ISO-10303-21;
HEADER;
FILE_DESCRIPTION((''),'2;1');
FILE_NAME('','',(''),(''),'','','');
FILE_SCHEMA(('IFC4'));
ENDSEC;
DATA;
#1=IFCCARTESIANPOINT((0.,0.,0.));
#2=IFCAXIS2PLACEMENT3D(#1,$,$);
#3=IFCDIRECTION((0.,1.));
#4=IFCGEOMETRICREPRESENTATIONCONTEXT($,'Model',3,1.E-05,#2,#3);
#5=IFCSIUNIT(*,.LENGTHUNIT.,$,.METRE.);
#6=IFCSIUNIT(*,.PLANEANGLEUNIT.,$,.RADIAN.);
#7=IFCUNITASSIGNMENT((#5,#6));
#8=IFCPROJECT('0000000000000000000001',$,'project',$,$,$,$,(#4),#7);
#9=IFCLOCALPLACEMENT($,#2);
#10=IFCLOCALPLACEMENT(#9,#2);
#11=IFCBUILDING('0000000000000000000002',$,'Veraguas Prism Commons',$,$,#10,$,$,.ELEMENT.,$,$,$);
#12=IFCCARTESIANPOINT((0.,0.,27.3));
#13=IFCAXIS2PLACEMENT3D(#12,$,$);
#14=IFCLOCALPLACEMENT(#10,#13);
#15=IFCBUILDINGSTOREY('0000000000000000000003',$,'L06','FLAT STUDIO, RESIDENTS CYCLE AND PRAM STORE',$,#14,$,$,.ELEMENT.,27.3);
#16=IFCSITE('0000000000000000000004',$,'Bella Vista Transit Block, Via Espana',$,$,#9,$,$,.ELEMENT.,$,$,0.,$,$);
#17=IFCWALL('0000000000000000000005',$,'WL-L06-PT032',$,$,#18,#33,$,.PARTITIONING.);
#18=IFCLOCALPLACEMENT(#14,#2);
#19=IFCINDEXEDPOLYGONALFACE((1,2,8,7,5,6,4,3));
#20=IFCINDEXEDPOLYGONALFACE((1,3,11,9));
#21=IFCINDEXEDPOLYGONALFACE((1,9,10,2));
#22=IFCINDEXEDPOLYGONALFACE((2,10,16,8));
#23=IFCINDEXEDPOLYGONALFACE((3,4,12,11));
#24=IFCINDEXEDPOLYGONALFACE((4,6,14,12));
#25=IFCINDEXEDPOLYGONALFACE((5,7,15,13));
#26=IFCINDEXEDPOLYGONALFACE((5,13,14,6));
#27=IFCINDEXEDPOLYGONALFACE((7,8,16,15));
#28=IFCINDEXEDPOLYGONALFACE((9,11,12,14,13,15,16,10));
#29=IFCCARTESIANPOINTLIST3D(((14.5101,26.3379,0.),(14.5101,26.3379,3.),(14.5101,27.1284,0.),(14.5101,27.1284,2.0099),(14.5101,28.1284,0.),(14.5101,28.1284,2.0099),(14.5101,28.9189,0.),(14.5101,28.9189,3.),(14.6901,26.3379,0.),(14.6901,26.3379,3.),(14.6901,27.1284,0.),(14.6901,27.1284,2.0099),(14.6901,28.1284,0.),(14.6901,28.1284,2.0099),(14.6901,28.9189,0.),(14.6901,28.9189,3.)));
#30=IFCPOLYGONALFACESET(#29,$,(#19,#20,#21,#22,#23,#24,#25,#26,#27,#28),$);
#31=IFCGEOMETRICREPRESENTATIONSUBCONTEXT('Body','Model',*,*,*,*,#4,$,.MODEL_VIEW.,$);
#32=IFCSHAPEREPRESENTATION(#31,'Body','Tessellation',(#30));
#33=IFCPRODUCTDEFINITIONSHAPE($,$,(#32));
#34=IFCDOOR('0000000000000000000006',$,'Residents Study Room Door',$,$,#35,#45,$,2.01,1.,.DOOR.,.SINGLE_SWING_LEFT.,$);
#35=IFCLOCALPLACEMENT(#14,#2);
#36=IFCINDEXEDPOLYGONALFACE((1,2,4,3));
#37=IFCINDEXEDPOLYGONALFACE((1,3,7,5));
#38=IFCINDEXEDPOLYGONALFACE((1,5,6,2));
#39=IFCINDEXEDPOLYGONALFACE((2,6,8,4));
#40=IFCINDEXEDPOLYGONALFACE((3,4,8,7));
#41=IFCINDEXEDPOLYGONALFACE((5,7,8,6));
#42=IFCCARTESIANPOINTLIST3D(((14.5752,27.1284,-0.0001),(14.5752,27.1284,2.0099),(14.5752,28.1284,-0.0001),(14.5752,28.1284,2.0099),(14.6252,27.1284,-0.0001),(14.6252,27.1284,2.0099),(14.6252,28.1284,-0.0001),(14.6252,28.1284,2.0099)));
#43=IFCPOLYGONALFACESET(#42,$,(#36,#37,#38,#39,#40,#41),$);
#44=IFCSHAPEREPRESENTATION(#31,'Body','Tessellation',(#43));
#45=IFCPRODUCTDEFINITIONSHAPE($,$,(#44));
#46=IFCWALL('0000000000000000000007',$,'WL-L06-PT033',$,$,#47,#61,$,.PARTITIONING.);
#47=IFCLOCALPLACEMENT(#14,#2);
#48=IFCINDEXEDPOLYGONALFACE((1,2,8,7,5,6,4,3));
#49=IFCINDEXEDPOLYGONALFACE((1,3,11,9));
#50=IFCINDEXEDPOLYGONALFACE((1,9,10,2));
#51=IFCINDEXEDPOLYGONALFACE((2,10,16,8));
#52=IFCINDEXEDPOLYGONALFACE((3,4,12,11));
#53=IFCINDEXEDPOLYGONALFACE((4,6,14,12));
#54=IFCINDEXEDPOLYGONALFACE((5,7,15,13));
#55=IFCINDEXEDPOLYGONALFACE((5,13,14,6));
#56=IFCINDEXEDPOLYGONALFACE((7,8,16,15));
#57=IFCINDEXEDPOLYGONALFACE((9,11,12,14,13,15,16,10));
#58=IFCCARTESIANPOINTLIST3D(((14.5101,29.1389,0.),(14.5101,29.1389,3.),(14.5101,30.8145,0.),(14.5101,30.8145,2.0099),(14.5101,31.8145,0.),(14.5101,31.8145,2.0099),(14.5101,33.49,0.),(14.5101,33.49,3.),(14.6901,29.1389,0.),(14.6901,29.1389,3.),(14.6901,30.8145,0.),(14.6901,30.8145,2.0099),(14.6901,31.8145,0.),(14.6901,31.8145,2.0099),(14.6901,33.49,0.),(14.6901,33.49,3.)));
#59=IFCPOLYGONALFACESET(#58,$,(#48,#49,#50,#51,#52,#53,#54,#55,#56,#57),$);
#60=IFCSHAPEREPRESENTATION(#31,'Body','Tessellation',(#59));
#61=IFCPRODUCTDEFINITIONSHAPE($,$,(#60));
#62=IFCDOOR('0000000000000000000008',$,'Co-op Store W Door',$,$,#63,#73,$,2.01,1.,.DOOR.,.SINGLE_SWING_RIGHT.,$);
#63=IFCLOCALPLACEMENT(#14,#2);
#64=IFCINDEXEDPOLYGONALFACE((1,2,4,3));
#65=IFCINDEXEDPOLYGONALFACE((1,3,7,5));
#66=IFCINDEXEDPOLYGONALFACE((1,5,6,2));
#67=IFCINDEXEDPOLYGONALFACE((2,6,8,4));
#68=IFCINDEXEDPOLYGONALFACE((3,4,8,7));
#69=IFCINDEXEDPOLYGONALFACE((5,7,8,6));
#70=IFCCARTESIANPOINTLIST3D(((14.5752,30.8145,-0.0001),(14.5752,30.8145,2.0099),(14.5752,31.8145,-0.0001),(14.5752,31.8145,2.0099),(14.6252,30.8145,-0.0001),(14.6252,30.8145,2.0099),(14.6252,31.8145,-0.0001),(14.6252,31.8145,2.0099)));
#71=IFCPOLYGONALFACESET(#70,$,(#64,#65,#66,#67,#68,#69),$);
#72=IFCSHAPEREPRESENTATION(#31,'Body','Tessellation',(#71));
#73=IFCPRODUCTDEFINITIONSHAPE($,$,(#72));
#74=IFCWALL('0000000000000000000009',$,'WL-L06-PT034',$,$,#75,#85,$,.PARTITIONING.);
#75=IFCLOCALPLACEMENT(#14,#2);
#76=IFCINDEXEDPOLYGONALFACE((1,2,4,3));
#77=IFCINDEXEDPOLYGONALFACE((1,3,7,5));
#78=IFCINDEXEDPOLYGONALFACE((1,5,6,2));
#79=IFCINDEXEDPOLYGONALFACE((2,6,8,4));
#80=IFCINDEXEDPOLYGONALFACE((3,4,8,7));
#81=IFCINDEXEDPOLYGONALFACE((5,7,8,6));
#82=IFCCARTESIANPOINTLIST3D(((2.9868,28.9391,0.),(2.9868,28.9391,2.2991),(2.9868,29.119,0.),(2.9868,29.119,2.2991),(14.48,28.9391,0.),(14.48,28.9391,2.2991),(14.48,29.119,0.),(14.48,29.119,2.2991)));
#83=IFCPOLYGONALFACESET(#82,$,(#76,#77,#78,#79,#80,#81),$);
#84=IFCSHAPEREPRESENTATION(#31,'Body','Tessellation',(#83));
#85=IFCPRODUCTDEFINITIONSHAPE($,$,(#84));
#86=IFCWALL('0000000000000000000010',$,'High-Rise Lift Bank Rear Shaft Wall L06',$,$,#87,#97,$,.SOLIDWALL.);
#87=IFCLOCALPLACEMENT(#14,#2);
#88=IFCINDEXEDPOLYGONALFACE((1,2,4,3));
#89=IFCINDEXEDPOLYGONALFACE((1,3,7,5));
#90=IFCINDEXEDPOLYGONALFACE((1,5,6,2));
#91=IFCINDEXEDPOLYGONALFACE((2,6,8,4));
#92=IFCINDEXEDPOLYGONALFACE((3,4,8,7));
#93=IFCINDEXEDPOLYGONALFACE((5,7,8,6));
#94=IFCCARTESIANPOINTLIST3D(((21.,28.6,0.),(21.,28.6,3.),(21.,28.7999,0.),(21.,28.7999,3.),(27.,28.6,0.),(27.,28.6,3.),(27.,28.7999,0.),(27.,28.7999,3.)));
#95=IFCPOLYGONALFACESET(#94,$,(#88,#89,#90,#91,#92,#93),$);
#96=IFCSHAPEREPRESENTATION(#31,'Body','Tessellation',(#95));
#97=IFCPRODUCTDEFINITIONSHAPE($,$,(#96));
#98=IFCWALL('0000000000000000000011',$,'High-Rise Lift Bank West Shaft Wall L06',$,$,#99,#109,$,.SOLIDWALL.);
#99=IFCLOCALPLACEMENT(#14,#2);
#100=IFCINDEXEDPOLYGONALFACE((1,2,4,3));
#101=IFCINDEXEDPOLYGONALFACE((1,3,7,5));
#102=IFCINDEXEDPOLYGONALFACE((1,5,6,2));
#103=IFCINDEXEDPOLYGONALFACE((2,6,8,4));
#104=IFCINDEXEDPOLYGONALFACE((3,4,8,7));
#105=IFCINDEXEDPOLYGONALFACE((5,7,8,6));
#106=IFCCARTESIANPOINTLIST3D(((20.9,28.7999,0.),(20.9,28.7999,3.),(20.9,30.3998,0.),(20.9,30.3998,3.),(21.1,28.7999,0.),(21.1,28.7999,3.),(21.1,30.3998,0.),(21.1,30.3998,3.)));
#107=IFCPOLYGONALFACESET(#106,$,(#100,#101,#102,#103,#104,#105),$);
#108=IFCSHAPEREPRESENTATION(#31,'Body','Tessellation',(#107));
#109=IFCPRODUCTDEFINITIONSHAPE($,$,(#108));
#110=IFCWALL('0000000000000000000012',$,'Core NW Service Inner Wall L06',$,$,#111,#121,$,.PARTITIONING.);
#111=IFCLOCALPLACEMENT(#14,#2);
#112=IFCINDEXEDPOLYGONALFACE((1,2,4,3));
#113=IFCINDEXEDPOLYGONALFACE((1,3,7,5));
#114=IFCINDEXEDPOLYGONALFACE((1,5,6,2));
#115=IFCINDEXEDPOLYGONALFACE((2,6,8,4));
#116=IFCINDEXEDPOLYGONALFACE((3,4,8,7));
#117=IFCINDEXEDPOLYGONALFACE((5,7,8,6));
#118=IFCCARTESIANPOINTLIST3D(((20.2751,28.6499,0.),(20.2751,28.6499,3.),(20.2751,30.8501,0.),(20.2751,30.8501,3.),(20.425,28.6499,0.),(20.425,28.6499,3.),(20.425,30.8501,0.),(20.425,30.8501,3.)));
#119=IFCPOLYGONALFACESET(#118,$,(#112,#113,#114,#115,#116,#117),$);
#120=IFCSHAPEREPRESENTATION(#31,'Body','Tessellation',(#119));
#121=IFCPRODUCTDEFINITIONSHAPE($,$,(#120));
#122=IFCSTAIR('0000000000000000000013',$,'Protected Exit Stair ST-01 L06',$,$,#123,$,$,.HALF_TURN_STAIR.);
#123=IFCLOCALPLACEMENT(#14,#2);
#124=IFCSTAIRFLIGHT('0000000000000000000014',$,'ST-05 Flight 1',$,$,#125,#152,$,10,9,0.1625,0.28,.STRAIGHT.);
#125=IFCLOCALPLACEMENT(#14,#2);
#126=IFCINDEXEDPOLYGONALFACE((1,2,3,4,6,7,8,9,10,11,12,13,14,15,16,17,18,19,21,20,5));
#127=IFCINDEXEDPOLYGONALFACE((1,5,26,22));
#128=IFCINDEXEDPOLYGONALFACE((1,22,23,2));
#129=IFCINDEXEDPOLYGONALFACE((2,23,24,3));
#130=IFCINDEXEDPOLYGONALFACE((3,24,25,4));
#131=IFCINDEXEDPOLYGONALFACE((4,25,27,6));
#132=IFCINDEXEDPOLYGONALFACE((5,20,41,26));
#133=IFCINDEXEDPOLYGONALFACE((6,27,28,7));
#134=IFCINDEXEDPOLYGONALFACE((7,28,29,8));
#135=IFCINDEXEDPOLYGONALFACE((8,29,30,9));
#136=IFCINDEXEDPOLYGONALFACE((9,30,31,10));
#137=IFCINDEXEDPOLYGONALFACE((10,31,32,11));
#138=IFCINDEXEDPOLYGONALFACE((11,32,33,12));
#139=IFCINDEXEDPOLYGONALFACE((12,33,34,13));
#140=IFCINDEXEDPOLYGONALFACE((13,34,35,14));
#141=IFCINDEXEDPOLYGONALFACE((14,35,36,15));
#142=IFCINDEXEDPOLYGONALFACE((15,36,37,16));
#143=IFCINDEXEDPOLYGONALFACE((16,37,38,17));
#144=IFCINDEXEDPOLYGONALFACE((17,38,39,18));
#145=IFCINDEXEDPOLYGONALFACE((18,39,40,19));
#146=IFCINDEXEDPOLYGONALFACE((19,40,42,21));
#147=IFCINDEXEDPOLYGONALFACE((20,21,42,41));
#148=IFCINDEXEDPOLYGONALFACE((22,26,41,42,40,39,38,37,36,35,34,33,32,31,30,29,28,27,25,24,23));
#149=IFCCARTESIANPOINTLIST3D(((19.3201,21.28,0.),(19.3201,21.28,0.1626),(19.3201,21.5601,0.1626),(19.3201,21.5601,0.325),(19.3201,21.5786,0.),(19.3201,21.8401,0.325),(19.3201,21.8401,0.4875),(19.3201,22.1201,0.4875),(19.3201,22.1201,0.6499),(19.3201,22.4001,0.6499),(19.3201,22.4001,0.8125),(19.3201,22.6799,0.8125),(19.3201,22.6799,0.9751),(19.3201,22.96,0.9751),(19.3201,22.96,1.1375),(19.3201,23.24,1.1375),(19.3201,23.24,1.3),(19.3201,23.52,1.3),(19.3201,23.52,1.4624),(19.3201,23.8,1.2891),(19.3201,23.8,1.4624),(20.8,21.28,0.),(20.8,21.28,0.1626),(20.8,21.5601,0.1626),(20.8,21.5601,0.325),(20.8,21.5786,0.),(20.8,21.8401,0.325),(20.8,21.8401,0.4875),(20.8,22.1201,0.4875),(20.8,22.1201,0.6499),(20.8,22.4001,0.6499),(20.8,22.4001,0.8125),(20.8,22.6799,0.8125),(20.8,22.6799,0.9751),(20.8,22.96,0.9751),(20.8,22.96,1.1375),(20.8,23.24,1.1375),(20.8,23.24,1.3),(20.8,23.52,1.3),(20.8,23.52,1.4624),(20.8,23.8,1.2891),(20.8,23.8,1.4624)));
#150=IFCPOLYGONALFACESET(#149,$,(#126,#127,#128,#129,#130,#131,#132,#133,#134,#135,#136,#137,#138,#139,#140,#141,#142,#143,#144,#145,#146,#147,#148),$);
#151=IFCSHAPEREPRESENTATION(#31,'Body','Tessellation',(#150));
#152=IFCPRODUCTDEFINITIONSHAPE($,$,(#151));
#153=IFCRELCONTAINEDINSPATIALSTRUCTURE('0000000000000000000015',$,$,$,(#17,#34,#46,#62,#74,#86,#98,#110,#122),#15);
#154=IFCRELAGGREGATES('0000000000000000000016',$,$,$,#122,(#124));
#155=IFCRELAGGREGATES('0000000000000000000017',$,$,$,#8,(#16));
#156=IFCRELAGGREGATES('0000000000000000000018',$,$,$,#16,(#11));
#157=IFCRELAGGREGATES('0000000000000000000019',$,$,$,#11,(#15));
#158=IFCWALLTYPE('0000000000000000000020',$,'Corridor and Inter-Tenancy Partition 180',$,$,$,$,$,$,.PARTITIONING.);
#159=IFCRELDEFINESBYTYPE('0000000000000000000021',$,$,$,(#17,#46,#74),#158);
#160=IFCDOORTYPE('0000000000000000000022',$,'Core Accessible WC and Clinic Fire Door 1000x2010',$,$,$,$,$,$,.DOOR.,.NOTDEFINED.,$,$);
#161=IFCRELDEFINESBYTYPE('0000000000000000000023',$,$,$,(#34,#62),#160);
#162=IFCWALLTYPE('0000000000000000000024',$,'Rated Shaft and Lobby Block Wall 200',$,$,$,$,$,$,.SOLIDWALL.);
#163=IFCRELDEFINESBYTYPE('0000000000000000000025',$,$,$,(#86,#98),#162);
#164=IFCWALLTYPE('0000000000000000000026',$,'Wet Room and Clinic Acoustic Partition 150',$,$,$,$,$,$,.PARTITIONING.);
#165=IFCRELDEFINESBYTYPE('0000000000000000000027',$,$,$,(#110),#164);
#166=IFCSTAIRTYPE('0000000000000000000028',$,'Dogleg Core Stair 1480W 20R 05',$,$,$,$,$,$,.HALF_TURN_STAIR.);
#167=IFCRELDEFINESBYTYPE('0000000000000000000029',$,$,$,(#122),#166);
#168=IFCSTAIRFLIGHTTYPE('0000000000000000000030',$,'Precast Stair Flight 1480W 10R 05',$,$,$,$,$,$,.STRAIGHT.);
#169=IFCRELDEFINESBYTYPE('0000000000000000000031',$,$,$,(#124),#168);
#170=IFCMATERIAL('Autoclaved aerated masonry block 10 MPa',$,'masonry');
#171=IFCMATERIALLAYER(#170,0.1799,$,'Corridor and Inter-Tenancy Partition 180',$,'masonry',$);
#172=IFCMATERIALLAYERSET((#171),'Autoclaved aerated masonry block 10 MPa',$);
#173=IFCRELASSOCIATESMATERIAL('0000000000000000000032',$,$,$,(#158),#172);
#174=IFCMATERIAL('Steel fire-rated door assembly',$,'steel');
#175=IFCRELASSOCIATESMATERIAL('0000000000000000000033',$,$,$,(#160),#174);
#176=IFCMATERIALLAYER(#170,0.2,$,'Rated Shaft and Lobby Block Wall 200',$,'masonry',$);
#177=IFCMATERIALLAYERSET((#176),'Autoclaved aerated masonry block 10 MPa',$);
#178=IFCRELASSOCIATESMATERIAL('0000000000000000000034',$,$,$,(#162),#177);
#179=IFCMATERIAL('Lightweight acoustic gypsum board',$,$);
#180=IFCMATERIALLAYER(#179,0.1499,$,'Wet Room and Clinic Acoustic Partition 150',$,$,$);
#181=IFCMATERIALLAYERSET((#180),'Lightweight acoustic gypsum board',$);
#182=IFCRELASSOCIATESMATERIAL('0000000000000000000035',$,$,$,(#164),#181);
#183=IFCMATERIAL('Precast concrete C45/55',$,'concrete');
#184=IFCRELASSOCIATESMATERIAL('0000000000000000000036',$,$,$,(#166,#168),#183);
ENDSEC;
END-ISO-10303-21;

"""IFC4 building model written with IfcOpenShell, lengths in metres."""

from ifc_helpers import new_model, si_unit, direction, frame, frame_2d, origin, place, context, subcontext, project, spatial, polyline, rectangle, outline, extrude, source, transform, mapped, material, layer, layer_set, type_object, element, fill, aggregate, save


model = new_model("IFC4")

# Units and contexts
model_context = context("Model", 3, precision=1e-05, world=origin(), true_north=direction((0.0, 1.0)))
body_context = subcontext(model_context, "Body", "Model", "MODEL_VIEW")
ifc_project = project(units=[si_unit("LENGTHUNIT", "METRE"), si_unit("PLANEANGLEUNIT", "RADIAN")], contexts=[model_context])

# Site, building, storey
site_placement = place(None, origin())
site = spatial("IfcSite", under=ifc_project, at=site_placement, Name="Bella Vista Transit Block, Via Espana", CompositionType="ELEMENT", RefElevation=0.0)
building_placement = place(site_placement, origin())
building = spatial("IfcBuilding", under=site, at=building_placement, Name="Veraguas Prism Commons", CompositionType="ELEMENT")
storey_placement = place(building_placement, frame((0.0, 0.0, 27.3)))
storey = spatial("IfcBuildingStorey", under=building, at=storey_placement, Name="L06", Description="FLAT STUDIO, RESIDENTS CYCLE AND PRAM STORE", CompositionType="ELEMENT", Elevation=27.3)

# Shared definitions
ifc_material_1 = material(Name="Autoclaved aerated masonry block 10 MPa", Category="masonry")
ifc_layer_1 = layer(ifc_material_1, 0.1799, Name="Corridor and Inter-Tenancy Partition 180", Category="masonry")
ifc_layer_set_1 = layer_set([ifc_layer_1], Name="Autoclaved aerated masonry block 10 MPa")
wall_type_1 = type_object("IfcWallType", Name="Corridor and Inter-Tenancy Partition 180", PredefinedType="PARTITIONING", material=ifc_layer_set_1)

# Walls, openings, doors
wall_1_placement = place(storey_placement, frame((14.6001, 26.3379, 0.0), z_axis=(0.0, 0.0, 1.0), x_axis=(0.0, 1.0, 0.0)))
wall_1 = element("IfcWall", 1, at=wall_1_placement, inside=storey, type_object=wall_type_1, Name="WL-L06-PT032", PredefinedType="PARTITIONING", context=body_context, shape_type="SweptSolid", body=[
    extrude(rectangle(XDim=2.5811, YDim=0.1799, at=frame_2d((1.2905, 0.0))), origin(), (0.0, 0.0, 1.0), 3.0),
])
opening_1_placement = place(wall_1_placement, frame((0.7905, 0.0, 0.0)))
opening_1 = element("IfcOpeningElement", 2, at=opening_1_placement, cuts=wall_1, PredefinedType="OPENING", context=body_context, shape_type="SweptSolid", body=[
    extrude(rectangle(XDim=1.0, YDim=2.01, at=frame_2d((0.5, 1.0049))), frame((0.0, 0.0999, 0.0), z_axis=(0.0, -1.0, 0.0), x_axis=(1.0, 0.0, 0.0)), (0.0, 0.0, 1.0), 0.2),
])
ifc_material_2 = material(Name="Steel fire-rated door assembly", Category="steel")
door_type = type_object("IfcDoorType", Name="Core Accessible WC and Clinic Fire Door 1000x2010", OperationType="NOTDEFINED", PredefinedType="DOOR", material=ifc_material_2)
shared_shape_1 = source(origin(), body_context, "Body", "SweptSolid", [
    extrude(rectangle(XDim=1.0, YDim=2.01, at=frame_2d((0.5, 1.0049))), frame((0.0, 0.0249, 0.0), z_axis=(0.0, -1.0, 0.0), x_axis=(1.0, 0.0, 0.0)), (0.0, 0.0, 1.0), 0.05),
])
door_1_placement = place(opening_1_placement, origin())
door_1 = element("IfcDoor", 3, at=door_1_placement, inside=storey, type_object=door_type, Name="Residents Study Room Door", OperationType="SINGLE_SWING_LEFT", OverallHeight=2.01, OverallWidth=1.0, PredefinedType="DOOR", context=body_context, shape_type="MappedRepresentation", body=[
    mapped(shared_shape_1, transform((0.0, 0.0, 0.0), scale=1.0)),
])
fill(opening_1, door_1)
wall_2_placement = place(storey_placement, frame((14.6001, 29.1389, 0.0), z_axis=(0.0, 0.0, 1.0), x_axis=(0.0, 1.0, 0.0)))
wall_2 = element("IfcWall", 4, at=wall_2_placement, inside=storey, type_object=wall_type_1, Name="WL-L06-PT033", PredefinedType="PARTITIONING", context=body_context, shape_type="SweptSolid", body=[
    extrude(rectangle(XDim=4.3511, YDim=0.1799, at=frame_2d((2.1755, 0.0))), origin(), (0.0, 0.0, 1.0), 3.0),
])
opening_2_placement = place(wall_2_placement, frame((1.6755, 0.0, 0.0)))
opening_2 = element("IfcOpeningElement", 5, at=opening_2_placement, cuts=wall_2, PredefinedType="OPENING", context=body_context, shape_type="SweptSolid", body=[
    extrude(rectangle(XDim=1.0, YDim=2.01, at=frame_2d((0.5, 1.0049))), frame((0.0, 0.0999, 0.0), z_axis=(0.0, -1.0, 0.0), x_axis=(1.0, 0.0, 0.0)), (0.0, 0.0, 1.0), 0.2),
])
door_2_placement = place(opening_2_placement, origin())
door_2 = element("IfcDoor", 6, at=door_2_placement, inside=storey, type_object=door_type, Name="Co-op Store W Door", OperationType="SINGLE_SWING_RIGHT", OverallHeight=2.01, OverallWidth=1.0, PredefinedType="DOOR", context=body_context, shape_type="MappedRepresentation", body=[
    mapped(shared_shape_1, transform((0.0, 0.0, 0.0), scale=1.0)),
])
fill(opening_2, door_2)

# Walls
wall_3_placement = place(storey_placement, frame((14.48, 29.0291, 0.0), z_axis=(0.0, 0.0, 1.0), x_axis=(-1.0, 0.0, 0.0)))
element("IfcWall", 7, at=wall_3_placement, inside=storey, type_object=wall_type_1, Name="WL-L06-PT034", PredefinedType="PARTITIONING", context=body_context, shape_type="SweptSolid", body=[
    extrude(rectangle(XDim=11.4932, YDim=0.1799, at=frame_2d((5.7466, 0.0))), origin(), (0.0, 0.0, 1.0), 2.2991),
])
ifc_layer_2 = layer(ifc_material_1, 0.2, Name="Rated Shaft and Lobby Block Wall 200", Category="masonry")
ifc_layer_set_2 = layer_set([ifc_layer_2], Name="Autoclaved aerated masonry block 10 MPa")
wall_type_2 = type_object("IfcWallType", Name="Rated Shaft and Lobby Block Wall 200", PredefinedType="SOLIDWALL", material=ifc_layer_set_2)
wall_4_placement = place(storey_placement, frame((21.0, 28.7, 0.0), z_axis=(0.0, 0.0, 1.0), x_axis=(1.0, 0.0, 0.0)))
element("IfcWall", 8, at=wall_4_placement, inside=storey, type_object=wall_type_2, Name="High-Rise Lift Bank Rear Shaft Wall L06", PredefinedType="SOLIDWALL", context=body_context, shape_type="SweptSolid", body=[
    extrude(rectangle(XDim=6.0, YDim=0.2, at=frame_2d((3.0, 0.0))), origin(), (0.0, 0.0, 1.0), 3.0),
])
wall_5_placement = place(storey_placement, frame((21.0, 28.8, 0.0), z_axis=(0.0, 0.0, 1.0), x_axis=(0.0, 1.0, 0.0)))
element("IfcWall", 9, at=wall_5_placement, inside=storey, type_object=wall_type_2, Name="High-Rise Lift Bank West Shaft Wall L06", PredefinedType="SOLIDWALL", context=body_context, shape_type="SweptSolid", body=[
    extrude(rectangle(XDim=1.5999, YDim=0.2, at=frame_2d((0.7998, 0.0))), origin(), (0.0, 0.0, 1.0), 3.0),
])
ifc_material_3 = material(Name="Lightweight acoustic gypsum board")
ifc_layer_3 = layer(ifc_material_3, 0.1499, Name="Wet Room and Clinic Acoustic Partition 150")
ifc_layer_set_3 = layer_set([ifc_layer_3], Name="Lightweight acoustic gypsum board")
wall_type_3 = type_object("IfcWallType", Name="Wet Room and Clinic Acoustic Partition 150", PredefinedType="PARTITIONING", material=ifc_layer_set_3)
wall_6_placement = place(storey_placement, frame((20.3501, 28.6499, 0.0), z_axis=(0.0, 0.0, 1.0), x_axis=(0.0, 1.0, 0.0)))
element("IfcWall", 10, at=wall_6_placement, inside=storey, type_object=wall_type_3, Name="Core NW Service Inner Wall L06", PredefinedType="PARTITIONING", context=body_context, shape_type="SweptSolid", body=[
    extrude(rectangle(XDim=2.2002, YDim=0.1499, at=frame_2d((1.1001, 0.0))), origin(), (0.0, 0.0, 1.0), 3.0),
])

# Stair, stair flight
ifc_material_4 = material(Name="Precast concrete C45/55", Category="concrete")
stair_type = type_object("IfcStairType", Name="Dogleg Core Stair 1480W 20R 05", PredefinedType="HALF_TURN_STAIR", material=ifc_material_4)
stair_placement = place(storey_placement, origin())
stair = element("IfcStair", 11, at=stair_placement, inside=storey, type_object=stair_type, Name="Protected Exit Stair ST-01 L06", PredefinedType="HALF_TURN_STAIR")
stair_flight_type = type_object("IfcStairFlightType", Name="Precast Stair Flight 1480W 10R 05", PredefinedType="STRAIGHT", material=ifc_material_4)
stair_flight_1_placement = place(storey_placement, frame((20.0601, 21.28, 0.0), z_axis=(0.0, 0.0, 1.0), x_axis=(0.0, 1.0, 0.0)))
stair_flight_1 = element("IfcStairFlight", 12, at=stair_flight_1_placement, type_object=stair_flight_type, Name="ST-05 Flight 1", NumberOfRisers=10, NumberOfTreads=9, PredefinedType="STRAIGHT", RiserHeight=0.1625, TreadLength=0.28, context=body_context, shape_type="SweptSolid", body=[
    extrude(outline(polyline([(0.0, 0.0), (0.0, 0.1626), (0.28, 0.1626), (0.28, 0.325), (0.5601, 0.325), (0.5601, 0.4875), (0.8401, 0.4875), (0.8401, 0.6499), (1.1201, 0.6499), (1.1201, 0.8125), (1.3999, 0.8125), (1.3999, 0.9751), (1.6799, 0.9751), (1.6799, 1.1375), (1.96, 1.1375), (1.96, 1.3), (2.24, 1.3), (2.24, 1.4624), (2.52, 1.4624), (2.52, 1.625), (2.52, 1.2891), (0.2986, 0.0), (0.0, 0.0)])), frame((0.0, 0.74, 0.0), z_axis=(0.0, -1.0, 0.0), x_axis=(1.0, 0.0, 0.0)), (0.0, 0.0, 1.0), 1.48),
])
aggregate(stair, [stair_flight_1])

save(model, "model.ifc")
